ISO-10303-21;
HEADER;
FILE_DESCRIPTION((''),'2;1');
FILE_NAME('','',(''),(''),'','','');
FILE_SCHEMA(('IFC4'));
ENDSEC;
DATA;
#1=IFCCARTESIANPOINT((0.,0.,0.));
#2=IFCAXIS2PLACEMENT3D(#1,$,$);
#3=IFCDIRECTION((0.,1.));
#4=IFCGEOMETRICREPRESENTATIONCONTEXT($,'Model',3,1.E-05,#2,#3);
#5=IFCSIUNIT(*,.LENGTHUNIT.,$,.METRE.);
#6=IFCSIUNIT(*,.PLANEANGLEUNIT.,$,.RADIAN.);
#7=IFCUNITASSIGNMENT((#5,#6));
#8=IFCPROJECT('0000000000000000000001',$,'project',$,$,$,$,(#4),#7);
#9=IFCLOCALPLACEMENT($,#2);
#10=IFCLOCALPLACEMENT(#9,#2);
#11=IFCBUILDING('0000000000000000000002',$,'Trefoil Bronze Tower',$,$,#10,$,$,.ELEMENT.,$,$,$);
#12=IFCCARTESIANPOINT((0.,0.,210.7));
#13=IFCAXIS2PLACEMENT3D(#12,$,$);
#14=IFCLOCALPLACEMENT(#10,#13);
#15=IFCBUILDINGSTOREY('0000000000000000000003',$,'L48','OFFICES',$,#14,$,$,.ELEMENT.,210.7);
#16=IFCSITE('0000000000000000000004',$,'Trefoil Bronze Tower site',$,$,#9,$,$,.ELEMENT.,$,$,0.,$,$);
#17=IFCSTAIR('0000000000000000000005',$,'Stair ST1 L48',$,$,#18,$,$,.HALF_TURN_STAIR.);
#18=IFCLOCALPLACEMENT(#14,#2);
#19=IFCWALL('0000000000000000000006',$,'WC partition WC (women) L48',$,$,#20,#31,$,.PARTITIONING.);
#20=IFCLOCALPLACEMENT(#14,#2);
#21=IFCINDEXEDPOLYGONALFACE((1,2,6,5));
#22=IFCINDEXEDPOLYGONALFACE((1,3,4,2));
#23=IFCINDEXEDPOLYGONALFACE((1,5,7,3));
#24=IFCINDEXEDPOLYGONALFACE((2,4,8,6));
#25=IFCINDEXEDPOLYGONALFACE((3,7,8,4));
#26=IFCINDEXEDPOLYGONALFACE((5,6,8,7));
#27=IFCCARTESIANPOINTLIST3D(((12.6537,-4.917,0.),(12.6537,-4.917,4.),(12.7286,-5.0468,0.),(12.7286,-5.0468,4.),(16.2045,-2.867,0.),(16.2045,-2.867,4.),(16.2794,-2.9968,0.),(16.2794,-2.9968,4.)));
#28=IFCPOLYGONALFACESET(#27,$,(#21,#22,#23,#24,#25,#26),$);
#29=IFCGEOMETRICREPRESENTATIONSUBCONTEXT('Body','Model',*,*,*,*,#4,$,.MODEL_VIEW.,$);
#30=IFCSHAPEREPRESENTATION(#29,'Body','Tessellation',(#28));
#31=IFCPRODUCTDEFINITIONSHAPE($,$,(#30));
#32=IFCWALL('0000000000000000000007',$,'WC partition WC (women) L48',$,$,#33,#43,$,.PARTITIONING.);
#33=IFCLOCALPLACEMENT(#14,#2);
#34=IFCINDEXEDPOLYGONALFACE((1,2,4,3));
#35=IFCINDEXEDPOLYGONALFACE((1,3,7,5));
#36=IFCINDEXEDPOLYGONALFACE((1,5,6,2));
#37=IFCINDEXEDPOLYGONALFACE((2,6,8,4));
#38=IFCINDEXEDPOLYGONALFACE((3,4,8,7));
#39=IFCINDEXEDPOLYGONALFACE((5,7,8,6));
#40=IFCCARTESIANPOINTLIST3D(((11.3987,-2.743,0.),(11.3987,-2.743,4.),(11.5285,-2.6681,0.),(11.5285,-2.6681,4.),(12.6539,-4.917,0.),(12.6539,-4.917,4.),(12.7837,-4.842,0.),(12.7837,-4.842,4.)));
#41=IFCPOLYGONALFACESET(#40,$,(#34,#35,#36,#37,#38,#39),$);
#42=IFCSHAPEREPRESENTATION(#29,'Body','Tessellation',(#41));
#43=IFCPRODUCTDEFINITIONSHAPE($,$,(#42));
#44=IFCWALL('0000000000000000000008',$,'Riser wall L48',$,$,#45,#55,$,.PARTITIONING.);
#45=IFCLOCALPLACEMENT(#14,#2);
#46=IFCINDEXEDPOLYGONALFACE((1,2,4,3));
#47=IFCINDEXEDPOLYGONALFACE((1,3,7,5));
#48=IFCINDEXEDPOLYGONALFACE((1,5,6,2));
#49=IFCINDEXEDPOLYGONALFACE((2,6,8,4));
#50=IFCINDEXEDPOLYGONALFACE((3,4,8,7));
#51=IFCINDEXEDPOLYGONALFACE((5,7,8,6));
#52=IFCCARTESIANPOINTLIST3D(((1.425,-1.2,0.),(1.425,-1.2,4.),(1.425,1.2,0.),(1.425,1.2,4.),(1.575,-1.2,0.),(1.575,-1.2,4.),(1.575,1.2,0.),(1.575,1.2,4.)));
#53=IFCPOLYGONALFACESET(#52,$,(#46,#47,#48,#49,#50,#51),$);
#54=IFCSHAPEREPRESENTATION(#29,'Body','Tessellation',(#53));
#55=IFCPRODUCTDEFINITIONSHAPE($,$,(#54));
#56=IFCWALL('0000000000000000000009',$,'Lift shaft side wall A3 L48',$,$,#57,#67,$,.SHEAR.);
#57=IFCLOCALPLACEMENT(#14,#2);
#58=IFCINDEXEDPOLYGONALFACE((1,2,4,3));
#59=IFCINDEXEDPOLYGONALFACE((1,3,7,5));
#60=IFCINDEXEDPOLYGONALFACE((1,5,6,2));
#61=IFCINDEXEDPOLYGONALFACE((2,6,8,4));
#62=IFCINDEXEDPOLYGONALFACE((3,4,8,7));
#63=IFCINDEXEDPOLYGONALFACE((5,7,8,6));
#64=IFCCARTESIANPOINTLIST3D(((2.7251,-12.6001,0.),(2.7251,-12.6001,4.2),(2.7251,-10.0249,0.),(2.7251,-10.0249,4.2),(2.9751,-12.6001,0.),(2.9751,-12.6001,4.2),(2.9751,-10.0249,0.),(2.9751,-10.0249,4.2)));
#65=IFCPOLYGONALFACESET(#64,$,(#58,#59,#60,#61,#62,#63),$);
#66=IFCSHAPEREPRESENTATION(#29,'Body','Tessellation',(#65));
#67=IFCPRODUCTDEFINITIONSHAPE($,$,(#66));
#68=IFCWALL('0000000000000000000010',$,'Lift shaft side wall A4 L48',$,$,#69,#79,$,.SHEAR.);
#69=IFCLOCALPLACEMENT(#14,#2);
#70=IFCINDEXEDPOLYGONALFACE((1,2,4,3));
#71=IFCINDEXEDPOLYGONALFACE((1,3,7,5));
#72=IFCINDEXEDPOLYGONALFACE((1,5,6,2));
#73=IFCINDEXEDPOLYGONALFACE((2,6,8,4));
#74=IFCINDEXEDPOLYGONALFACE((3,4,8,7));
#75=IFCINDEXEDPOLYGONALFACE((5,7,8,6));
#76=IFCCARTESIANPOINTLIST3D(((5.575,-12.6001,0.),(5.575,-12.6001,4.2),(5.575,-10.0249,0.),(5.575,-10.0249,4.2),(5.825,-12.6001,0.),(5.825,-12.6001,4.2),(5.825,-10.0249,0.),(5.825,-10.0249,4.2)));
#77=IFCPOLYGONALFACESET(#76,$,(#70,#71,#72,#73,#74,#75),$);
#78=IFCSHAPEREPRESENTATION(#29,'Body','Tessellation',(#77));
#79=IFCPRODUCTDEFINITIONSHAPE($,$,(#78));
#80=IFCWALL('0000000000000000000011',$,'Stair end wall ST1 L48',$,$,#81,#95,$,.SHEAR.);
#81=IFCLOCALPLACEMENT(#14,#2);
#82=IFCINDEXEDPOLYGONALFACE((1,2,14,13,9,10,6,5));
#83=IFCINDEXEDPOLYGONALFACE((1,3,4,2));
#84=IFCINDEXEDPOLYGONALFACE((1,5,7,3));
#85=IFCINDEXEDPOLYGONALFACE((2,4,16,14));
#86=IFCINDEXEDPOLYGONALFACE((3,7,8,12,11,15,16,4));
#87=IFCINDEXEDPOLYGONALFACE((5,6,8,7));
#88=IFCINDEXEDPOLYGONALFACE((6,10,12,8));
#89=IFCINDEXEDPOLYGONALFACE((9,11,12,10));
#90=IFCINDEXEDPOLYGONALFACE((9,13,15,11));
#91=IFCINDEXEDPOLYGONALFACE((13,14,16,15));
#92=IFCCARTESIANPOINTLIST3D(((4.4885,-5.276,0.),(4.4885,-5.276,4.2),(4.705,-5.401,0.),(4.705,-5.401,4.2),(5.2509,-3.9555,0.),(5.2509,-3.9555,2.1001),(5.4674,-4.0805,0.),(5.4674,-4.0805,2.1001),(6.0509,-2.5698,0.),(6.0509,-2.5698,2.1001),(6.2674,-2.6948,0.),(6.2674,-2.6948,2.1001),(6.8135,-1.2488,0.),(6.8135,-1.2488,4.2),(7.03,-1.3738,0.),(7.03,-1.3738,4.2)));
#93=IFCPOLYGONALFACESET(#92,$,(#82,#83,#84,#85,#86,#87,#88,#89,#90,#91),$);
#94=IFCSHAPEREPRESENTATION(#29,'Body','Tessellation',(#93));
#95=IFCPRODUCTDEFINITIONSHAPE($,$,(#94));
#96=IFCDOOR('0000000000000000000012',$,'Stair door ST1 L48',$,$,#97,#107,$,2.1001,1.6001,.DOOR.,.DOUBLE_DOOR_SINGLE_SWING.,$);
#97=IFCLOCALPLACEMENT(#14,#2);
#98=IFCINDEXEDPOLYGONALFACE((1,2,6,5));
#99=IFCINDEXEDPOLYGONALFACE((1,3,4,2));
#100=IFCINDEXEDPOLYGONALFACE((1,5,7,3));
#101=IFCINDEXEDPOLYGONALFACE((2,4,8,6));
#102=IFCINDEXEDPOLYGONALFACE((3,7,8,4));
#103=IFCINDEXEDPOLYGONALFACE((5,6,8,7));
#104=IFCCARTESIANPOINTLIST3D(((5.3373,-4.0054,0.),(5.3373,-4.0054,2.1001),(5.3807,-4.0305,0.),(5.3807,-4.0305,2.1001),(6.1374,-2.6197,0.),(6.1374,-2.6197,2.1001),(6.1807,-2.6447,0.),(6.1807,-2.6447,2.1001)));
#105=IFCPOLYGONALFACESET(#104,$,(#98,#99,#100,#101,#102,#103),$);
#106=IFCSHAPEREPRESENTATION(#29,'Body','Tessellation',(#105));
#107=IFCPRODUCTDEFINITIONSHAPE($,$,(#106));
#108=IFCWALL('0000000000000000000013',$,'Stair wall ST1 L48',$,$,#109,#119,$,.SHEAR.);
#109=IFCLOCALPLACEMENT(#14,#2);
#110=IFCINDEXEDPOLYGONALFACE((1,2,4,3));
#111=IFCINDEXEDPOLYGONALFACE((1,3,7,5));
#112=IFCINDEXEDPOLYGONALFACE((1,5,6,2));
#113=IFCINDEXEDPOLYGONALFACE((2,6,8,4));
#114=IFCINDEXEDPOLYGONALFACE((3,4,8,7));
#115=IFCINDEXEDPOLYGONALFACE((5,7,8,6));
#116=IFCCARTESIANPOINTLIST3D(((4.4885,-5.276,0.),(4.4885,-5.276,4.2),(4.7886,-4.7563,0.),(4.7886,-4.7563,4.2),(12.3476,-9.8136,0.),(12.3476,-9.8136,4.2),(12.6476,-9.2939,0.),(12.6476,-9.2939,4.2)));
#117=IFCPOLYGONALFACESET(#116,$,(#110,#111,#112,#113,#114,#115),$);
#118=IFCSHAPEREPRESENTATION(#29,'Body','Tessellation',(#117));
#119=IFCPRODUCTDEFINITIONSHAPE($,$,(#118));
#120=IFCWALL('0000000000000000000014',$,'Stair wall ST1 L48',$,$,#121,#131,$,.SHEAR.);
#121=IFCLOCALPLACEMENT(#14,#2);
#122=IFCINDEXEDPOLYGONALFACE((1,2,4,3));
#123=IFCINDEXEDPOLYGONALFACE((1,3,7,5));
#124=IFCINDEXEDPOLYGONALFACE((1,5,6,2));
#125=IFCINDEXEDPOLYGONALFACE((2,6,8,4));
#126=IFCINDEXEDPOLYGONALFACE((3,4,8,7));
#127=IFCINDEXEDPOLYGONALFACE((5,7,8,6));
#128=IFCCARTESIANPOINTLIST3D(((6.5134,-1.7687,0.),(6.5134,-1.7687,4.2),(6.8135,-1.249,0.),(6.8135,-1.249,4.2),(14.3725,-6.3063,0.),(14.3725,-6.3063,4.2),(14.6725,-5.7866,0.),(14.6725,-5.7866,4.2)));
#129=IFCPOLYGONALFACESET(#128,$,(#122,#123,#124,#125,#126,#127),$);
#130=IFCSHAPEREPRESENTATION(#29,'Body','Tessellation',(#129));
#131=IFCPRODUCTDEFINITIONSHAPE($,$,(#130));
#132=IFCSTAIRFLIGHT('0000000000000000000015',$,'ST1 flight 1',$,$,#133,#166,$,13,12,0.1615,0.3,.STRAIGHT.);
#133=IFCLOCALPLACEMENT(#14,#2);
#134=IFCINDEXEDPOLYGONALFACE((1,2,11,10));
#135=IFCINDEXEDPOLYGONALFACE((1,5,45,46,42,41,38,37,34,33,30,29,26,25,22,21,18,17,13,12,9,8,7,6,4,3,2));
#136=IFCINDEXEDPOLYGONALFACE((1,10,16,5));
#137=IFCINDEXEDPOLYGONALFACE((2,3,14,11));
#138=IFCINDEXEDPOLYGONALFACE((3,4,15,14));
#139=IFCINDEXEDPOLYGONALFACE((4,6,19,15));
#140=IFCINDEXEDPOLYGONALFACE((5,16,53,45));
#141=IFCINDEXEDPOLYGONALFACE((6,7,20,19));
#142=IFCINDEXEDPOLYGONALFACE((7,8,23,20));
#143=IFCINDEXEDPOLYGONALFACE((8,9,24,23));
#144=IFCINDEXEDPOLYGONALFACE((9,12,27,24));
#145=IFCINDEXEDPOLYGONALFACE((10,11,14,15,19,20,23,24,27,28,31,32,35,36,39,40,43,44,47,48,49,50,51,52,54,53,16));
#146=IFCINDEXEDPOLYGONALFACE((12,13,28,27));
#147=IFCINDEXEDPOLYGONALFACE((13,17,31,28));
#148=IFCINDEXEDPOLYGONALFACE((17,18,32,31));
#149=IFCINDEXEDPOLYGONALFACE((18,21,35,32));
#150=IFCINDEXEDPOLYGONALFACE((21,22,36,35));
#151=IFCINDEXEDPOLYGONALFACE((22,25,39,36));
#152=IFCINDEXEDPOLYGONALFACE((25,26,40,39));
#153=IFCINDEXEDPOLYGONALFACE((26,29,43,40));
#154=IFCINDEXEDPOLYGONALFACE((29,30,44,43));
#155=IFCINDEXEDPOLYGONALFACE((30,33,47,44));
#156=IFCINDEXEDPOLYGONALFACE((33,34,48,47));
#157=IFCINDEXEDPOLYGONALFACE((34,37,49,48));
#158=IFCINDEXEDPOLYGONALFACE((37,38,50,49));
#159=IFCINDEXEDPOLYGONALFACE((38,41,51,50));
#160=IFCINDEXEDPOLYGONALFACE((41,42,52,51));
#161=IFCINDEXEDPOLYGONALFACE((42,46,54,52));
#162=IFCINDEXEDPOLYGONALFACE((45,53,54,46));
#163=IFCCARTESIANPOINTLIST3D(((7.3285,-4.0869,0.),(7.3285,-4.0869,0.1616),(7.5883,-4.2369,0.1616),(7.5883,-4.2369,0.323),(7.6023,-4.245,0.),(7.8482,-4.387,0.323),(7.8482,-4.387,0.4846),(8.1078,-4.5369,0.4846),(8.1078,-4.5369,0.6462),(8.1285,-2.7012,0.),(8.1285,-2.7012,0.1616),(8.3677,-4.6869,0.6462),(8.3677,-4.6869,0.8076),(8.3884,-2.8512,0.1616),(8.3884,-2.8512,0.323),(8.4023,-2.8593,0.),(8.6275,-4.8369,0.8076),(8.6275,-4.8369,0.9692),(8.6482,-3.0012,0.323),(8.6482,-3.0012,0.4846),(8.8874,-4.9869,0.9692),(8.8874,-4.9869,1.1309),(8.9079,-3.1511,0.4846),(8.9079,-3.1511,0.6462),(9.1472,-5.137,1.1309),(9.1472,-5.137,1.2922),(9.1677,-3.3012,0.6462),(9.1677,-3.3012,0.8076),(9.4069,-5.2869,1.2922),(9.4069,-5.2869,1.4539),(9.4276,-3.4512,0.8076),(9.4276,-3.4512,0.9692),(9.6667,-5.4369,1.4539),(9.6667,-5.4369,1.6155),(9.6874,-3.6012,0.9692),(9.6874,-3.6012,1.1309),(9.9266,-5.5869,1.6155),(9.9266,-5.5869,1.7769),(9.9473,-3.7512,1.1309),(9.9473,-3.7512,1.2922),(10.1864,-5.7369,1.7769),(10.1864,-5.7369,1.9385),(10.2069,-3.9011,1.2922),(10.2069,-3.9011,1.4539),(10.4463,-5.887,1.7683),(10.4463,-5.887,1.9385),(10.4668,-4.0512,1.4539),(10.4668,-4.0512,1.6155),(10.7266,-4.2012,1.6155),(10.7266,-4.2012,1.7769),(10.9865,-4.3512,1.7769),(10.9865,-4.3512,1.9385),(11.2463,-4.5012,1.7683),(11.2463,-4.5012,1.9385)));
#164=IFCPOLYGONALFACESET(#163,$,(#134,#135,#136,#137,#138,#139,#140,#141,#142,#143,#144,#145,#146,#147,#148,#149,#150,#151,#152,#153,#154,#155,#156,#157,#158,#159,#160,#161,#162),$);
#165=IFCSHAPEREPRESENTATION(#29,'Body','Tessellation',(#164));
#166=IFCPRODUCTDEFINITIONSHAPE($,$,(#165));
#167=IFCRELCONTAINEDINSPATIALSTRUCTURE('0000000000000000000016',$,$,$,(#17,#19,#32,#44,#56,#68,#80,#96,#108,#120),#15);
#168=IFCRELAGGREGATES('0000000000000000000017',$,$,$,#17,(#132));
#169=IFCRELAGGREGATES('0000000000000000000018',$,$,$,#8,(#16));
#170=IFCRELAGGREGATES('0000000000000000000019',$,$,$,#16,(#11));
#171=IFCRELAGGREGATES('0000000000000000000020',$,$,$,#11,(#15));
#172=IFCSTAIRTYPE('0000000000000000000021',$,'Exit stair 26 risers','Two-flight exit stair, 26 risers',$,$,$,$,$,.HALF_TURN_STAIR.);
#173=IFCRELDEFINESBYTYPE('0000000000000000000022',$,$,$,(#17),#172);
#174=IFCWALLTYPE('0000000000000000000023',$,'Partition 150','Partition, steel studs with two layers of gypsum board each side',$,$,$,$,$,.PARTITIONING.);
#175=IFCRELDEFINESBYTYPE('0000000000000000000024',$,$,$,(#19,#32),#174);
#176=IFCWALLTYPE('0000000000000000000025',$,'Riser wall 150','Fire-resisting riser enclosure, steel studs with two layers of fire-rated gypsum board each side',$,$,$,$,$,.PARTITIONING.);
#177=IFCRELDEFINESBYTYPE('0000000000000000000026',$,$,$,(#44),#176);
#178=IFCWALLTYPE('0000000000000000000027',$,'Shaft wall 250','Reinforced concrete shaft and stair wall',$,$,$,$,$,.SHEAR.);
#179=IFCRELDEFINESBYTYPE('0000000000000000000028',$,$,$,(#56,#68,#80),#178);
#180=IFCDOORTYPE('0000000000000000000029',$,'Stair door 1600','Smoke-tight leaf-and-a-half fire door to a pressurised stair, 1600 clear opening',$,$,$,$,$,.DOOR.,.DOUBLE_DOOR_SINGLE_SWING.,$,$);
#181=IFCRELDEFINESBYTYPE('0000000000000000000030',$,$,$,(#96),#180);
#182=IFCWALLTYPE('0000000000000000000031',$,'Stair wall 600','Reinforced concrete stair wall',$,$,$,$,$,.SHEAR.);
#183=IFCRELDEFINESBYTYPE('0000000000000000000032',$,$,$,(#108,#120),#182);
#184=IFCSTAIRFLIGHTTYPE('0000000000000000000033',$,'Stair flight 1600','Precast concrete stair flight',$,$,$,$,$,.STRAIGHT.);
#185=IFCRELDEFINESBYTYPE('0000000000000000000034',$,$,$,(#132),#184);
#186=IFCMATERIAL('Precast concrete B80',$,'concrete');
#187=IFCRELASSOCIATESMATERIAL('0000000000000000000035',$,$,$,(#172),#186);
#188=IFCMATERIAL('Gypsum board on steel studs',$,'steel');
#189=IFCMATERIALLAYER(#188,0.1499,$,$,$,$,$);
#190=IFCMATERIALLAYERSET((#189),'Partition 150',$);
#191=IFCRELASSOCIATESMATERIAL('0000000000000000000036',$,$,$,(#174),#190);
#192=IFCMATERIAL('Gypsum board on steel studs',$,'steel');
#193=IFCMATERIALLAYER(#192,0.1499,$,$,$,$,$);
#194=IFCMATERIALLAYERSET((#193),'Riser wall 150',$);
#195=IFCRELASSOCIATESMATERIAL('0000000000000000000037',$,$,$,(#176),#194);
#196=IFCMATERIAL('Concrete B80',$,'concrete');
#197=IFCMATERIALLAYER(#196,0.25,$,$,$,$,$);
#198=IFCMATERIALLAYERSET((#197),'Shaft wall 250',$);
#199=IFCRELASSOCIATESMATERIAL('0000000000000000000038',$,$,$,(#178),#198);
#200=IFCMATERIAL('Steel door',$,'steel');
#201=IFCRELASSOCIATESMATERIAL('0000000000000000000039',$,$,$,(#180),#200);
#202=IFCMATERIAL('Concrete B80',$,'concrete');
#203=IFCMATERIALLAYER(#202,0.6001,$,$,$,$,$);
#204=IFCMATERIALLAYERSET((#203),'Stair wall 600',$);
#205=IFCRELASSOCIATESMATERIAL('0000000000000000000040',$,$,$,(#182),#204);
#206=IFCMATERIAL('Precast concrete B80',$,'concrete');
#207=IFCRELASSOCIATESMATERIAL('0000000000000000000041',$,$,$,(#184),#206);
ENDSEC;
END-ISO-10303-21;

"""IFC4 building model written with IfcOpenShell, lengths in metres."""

from ifc_helpers import new_model, si_unit, direction, frame, frame_2d, origin, place, context, subcontext, project, spatial, polyline, rectangle, outline, extrude, material, layer, layer_set, type_object, element, fill, aggregate, save


model = new_model("IFC4")

# Units and contexts
model_context = context("Model", 3, precision=1e-05, world=origin(), true_north=direction((0.0, 1.0)))
body_context = subcontext(model_context, "Body", "Model", "MODEL_VIEW")
ifc_project = project(units=[si_unit("LENGTHUNIT", "METRE"), si_unit("PLANEANGLEUNIT", "RADIAN")], contexts=[model_context])

# Site, building, storey
site_placement = place(None, origin())
site = spatial("IfcSite", under=ifc_project, at=site_placement, Name="Trefoil Bronze Tower site", CompositionType="ELEMENT", RefElevation=0.0)
building_placement = place(site_placement, origin())
building = spatial("IfcBuilding", under=site, at=building_placement, Name="Trefoil Bronze Tower", CompositionType="ELEMENT")
storey_placement = place(building_placement, frame((0.0, 0.0, 210.7)))
storey = spatial("IfcBuildingStorey", under=building, at=storey_placement, Name="L48", Description="OFFICES", CompositionType="ELEMENT", Elevation=210.7)

# Stair
ifc_material_1 = material(Name="Precast concrete B80", Category="concrete")
stair_type = type_object("IfcStairType", Name="Exit stair 26 risers", Description="Two-flight exit stair, 26 risers", PredefinedType="HALF_TURN_STAIR", material=ifc_material_1)
stair_1_placement = place(storey_placement, origin())
stair_1 = element("IfcStair", 1, at=stair_1_placement, inside=storey, type_object=stair_type, Name="Stair ST1 L48", PredefinedType="HALF_TURN_STAIR")

# Shared definitions
ifc_material_2 = material(Name="Gypsum board on steel studs", Category="steel")
ifc_layer_1 = layer(ifc_material_2, 0.1499)
ifc_layer_set_1 = layer_set([ifc_layer_1], Name="Partition 150")
wall_type_1 = type_object("IfcWallType", Name="Partition 150", Description="Partition, steel studs with two layers of gypsum board each side", PredefinedType="PARTITIONING", material=ifc_layer_set_1)

# Walls
wall_1_placement = place(storey_placement, frame((12.6912, -4.9819, 0.0), z_axis=(0.0, 0.0, 1.0), x_axis=(0.866025, 0.500001, 0.0)))
element("IfcWall", 2, at=wall_1_placement, inside=storey, type_object=wall_type_1, Name="WC partition WC (women) L48", PredefinedType="PARTITIONING", context=body_context, shape_type="SweptSolid", body=[
    extrude(rectangle(XDim=4.1001, YDim=0.1499, at=frame_2d((2.05, 0.0))), origin(), (0.0, 0.0, 1.0), 4.0),
])
wall_2_placement = place(storey_placement, frame((11.4636, -2.7056, 0.0), z_axis=(0.0, 0.0, 1.0), x_axis=(0.50002, -0.866014, 0.0)))
element("IfcWall", 3, at=wall_2_placement, inside=storey, type_object=wall_type_1, Name="WC partition WC (women) L48", PredefinedType="PARTITIONING", context=body_context, shape_type="SweptSolid", body=[
    extrude(rectangle(XDim=2.5103, YDim=0.1499, at=frame_2d((1.2551, 0.0))), origin(), (0.0, 0.0, 1.0), 4.0),
])
ifc_material_3 = material(Name="Gypsum board on steel studs", Category="steel")
ifc_layer_2 = layer(ifc_material_3, 0.1499)
ifc_layer_set_2 = layer_set([ifc_layer_2], Name="Riser wall 150")
wall_type_2 = type_object("IfcWallType", Name="Riser wall 150", Description="Fire-resisting riser enclosure, steel studs with two layers of fire-rated gypsum board each side", PredefinedType="PARTITIONING", material=ifc_layer_set_2)
wall_3_placement = place(storey_placement, frame((1.5, -1.2, 0.0), z_axis=(0.0, 0.0, 1.0), x_axis=(0.0, 1.0, 0.0)))
element("IfcWall", 4, at=wall_3_placement, inside=storey, type_object=wall_type_2, Name="Riser wall L48", PredefinedType="PARTITIONING", context=body_context, shape_type="SweptSolid", body=[
    extrude(rectangle(XDim=2.3999, YDim=0.1499, at=frame_2d((1.2, 0.0))), origin(), (0.0, 0.0, 1.0), 4.0),
])
ifc_material_4 = material(Name="Concrete B80", Category="concrete")
ifc_layer_3 = layer(ifc_material_4, 0.25)
ifc_layer_set_3 = layer_set([ifc_layer_3], Name="Shaft wall 250")
wall_type_3 = type_object("IfcWallType", Name="Shaft wall 250", Description="Reinforced concrete shaft and stair wall", PredefinedType="SHEAR", material=ifc_layer_set_3)
for number, where, z_axis, x_axis, name in (
    (5, (2.8501, -10.0249, 0.0), (0.0, 0.0, 1.0), (0.0, -1.0, 0.0), "Lift shaft side wall A3 L48"),
    (6, (5.7, -10.0249, 0.0), (0.0, 0.0, 1.0), (0.0, -1.0, 0.0), "Lift shaft side wall A4 L48"),
):
    element("IfcWall", number, at=place(storey_placement, frame(where, z_axis=z_axis, x_axis=x_axis)), inside=storey, type_object=wall_type_3, Name=name, PredefinedType="SHEAR", context=body_context, shape_type="SweptSolid", body=[
        extrude(rectangle(XDim=2.5752, YDim=0.25, at=frame_2d((1.2876, 0.0))), origin(), (0.0, 0.0, 1.0), 4.2),
    ])

# Wall, opening, door
wall_4_placement = place(storey_placement, frame((4.5967, -5.3386, 0.0), z_axis=(0.0, 0.0, 1.0), x_axis=(0.499985, 0.866034, 0.0)))
wall_4 = element("IfcWall", 7, at=wall_4_placement, inside=storey, type_object=wall_type_3, Name="Stair end wall ST1 L48", PredefinedType="SHEAR", context=body_context, shape_type="SweptSolid", body=[
    extrude(rectangle(XDim=4.6501, YDim=0.25, at=frame_2d((2.3252, 0.0))), origin(), (0.0, 0.0, 1.0), 4.2),
])
opening_1_placement = place(wall_4_placement, frame((1.5249, 0.0, 0.0)))
opening_1 = element("IfcOpeningElement", 8, at=opening_1_placement, cuts=wall_4, PredefinedType="OPENING", context=body_context, shape_type="SweptSolid", body=[
    extrude(rectangle(XDim=1.6001, YDim=2.1001, at=frame_2d((0.8, 1.05))), frame((0.0, 0.135, 0.0), z_axis=(0.0, -1.0, 0.0), x_axis=(1.0, 0.0, 0.0)), (0.0, 0.0, 1.0), 0.27),
])
ifc_material_5 = material(Name="Steel door", Category="steel")
door_type_1 = type_object("IfcDoorType", Name="Stair door 1600", Description="Smoke-tight leaf-and-a-half fire door to a pressurised stair, 1600 clear opening", OperationType="DOUBLE_DOOR_SINGLE_SWING", PredefinedType="DOOR", material=ifc_material_5)
door_1_placement = place(opening_1_placement, frame((1.6001, 0.0, 0.0), z_axis=(0.0, 0.0, 1.0), x_axis=(-1.0, 0.0, 0.0)))
door_1 = element("IfcDoor", 9, at=door_1_placement, inside=storey, type_object=door_type_1, Name="Stair door ST1 L48", OperationType="DOUBLE_DOOR_SINGLE_SWING", OverallHeight=2.1001, OverallWidth=1.6001, PredefinedType="DOOR", context=body_context, shape_type="SweptSolid", body=[
    extrude(rectangle(XDim=1.6001, YDim=2.1001, at=frame_2d((0.8, 1.05))), frame((0.0, 0.0249, 0.0), z_axis=(0.0, -1.0, 0.0), x_axis=(1.0, 0.0, 0.0)), (0.0, 0.0, 1.0), 0.05),
])
fill(opening_1, door_1)

# Walls
ifc_material_6 = material(Name="Concrete B80", Category="concrete")
ifc_layer_4 = layer(ifc_material_6, 0.6001)
ifc_layer_set_4 = layer_set([ifc_layer_4], Name="Stair wall 600")
wall_type_4 = type_object("IfcWallType", Name="Stair wall 600", Description="Reinforced concrete stair wall", PredefinedType="SHEAR", material=ifc_layer_set_4)
for number, where, z_axis, x_axis, name in (
    (10, (4.6384, -5.0161, 0.0), (0.0, 0.0, 1.0), (0.866019, -0.50001, 0.0), "Stair wall ST1 L48"),
    (11, (6.6633, -1.5088, 0.0), (0.0, 0.0, 1.0), (0.866019, -0.50001, 0.0), "Stair wall ST1 L48"),
):
    element("IfcWall", number, at=place(storey_placement, frame(where, z_axis=z_axis, x_axis=x_axis)), inside=storey, type_object=wall_type_4, Name=name, PredefinedType="SHEAR", context=body_context, shape_type="SweptSolid", body=[
        extrude(rectangle(XDim=9.075, YDim=0.6001, at=frame_2d((4.5376, 0.0))), origin(), (0.0, 0.0, 1.0), 4.2),
    ])

# Stair flight
ifc_material_7 = material(Name="Precast concrete B80", Category="concrete")
stair_flight_type = type_object("IfcStairFlightType", Name="Stair flight 1600", Description="Precast concrete stair flight", PredefinedType="STRAIGHT", material=ifc_material_7)
stair_flight_1_placement = place(storey_placement, frame((7.7285, -3.394, 0.0), z_axis=(0.0, 0.0, 1.0), x_axis=(0.866025, -0.5, 0.0)))
stair_flight_1 = element("IfcStairFlight", 12, at=stair_flight_1_placement, type_object=stair_flight_type, Name="ST1 flight 1", NumberOfRisers=13, NumberOfTreads=12, PredefinedType="STRAIGHT", RiserHeight=0.1615, TreadLength=0.3, context=body_context, shape_type="SweptSolid", body=[
    extrude(outline(polyline([(0.0, 0.0), (0.0, 0.1616), (0.3, 0.1616), (0.3, 0.323), (0.6001, 0.323), (0.6001, 0.4846), (0.8999, 0.4846), (0.8999, 0.6462), (1.2, 0.6462), (1.2, 0.8076), (1.5, 0.8076), (1.5, 0.9692), (1.8, 0.9692), (1.8, 1.1309), (2.1001, 1.1309), (2.1001, 1.2922), (2.3999, 1.2922), (2.3999, 1.4539), (2.7, 1.4539), (2.7, 1.6155), (3.0, 1.6155), (3.0, 1.7769), (3.3, 1.7769), (3.3, 1.9385), (3.6001, 1.9385), (3.6001, 2.1001), (3.6001, 1.7683), (0.3162, 0.0), (0.0, 0.0)])), frame((0.0, 0.8, 0.0), z_axis=(0.0, -1.0, 0.0), x_axis=(1.0, 0.0, 0.0)), (0.0, 0.0, 1.0), 1.6001),
])
aggregate(stair_1, [stair_flight_1])

save(model, "model.ifc")
